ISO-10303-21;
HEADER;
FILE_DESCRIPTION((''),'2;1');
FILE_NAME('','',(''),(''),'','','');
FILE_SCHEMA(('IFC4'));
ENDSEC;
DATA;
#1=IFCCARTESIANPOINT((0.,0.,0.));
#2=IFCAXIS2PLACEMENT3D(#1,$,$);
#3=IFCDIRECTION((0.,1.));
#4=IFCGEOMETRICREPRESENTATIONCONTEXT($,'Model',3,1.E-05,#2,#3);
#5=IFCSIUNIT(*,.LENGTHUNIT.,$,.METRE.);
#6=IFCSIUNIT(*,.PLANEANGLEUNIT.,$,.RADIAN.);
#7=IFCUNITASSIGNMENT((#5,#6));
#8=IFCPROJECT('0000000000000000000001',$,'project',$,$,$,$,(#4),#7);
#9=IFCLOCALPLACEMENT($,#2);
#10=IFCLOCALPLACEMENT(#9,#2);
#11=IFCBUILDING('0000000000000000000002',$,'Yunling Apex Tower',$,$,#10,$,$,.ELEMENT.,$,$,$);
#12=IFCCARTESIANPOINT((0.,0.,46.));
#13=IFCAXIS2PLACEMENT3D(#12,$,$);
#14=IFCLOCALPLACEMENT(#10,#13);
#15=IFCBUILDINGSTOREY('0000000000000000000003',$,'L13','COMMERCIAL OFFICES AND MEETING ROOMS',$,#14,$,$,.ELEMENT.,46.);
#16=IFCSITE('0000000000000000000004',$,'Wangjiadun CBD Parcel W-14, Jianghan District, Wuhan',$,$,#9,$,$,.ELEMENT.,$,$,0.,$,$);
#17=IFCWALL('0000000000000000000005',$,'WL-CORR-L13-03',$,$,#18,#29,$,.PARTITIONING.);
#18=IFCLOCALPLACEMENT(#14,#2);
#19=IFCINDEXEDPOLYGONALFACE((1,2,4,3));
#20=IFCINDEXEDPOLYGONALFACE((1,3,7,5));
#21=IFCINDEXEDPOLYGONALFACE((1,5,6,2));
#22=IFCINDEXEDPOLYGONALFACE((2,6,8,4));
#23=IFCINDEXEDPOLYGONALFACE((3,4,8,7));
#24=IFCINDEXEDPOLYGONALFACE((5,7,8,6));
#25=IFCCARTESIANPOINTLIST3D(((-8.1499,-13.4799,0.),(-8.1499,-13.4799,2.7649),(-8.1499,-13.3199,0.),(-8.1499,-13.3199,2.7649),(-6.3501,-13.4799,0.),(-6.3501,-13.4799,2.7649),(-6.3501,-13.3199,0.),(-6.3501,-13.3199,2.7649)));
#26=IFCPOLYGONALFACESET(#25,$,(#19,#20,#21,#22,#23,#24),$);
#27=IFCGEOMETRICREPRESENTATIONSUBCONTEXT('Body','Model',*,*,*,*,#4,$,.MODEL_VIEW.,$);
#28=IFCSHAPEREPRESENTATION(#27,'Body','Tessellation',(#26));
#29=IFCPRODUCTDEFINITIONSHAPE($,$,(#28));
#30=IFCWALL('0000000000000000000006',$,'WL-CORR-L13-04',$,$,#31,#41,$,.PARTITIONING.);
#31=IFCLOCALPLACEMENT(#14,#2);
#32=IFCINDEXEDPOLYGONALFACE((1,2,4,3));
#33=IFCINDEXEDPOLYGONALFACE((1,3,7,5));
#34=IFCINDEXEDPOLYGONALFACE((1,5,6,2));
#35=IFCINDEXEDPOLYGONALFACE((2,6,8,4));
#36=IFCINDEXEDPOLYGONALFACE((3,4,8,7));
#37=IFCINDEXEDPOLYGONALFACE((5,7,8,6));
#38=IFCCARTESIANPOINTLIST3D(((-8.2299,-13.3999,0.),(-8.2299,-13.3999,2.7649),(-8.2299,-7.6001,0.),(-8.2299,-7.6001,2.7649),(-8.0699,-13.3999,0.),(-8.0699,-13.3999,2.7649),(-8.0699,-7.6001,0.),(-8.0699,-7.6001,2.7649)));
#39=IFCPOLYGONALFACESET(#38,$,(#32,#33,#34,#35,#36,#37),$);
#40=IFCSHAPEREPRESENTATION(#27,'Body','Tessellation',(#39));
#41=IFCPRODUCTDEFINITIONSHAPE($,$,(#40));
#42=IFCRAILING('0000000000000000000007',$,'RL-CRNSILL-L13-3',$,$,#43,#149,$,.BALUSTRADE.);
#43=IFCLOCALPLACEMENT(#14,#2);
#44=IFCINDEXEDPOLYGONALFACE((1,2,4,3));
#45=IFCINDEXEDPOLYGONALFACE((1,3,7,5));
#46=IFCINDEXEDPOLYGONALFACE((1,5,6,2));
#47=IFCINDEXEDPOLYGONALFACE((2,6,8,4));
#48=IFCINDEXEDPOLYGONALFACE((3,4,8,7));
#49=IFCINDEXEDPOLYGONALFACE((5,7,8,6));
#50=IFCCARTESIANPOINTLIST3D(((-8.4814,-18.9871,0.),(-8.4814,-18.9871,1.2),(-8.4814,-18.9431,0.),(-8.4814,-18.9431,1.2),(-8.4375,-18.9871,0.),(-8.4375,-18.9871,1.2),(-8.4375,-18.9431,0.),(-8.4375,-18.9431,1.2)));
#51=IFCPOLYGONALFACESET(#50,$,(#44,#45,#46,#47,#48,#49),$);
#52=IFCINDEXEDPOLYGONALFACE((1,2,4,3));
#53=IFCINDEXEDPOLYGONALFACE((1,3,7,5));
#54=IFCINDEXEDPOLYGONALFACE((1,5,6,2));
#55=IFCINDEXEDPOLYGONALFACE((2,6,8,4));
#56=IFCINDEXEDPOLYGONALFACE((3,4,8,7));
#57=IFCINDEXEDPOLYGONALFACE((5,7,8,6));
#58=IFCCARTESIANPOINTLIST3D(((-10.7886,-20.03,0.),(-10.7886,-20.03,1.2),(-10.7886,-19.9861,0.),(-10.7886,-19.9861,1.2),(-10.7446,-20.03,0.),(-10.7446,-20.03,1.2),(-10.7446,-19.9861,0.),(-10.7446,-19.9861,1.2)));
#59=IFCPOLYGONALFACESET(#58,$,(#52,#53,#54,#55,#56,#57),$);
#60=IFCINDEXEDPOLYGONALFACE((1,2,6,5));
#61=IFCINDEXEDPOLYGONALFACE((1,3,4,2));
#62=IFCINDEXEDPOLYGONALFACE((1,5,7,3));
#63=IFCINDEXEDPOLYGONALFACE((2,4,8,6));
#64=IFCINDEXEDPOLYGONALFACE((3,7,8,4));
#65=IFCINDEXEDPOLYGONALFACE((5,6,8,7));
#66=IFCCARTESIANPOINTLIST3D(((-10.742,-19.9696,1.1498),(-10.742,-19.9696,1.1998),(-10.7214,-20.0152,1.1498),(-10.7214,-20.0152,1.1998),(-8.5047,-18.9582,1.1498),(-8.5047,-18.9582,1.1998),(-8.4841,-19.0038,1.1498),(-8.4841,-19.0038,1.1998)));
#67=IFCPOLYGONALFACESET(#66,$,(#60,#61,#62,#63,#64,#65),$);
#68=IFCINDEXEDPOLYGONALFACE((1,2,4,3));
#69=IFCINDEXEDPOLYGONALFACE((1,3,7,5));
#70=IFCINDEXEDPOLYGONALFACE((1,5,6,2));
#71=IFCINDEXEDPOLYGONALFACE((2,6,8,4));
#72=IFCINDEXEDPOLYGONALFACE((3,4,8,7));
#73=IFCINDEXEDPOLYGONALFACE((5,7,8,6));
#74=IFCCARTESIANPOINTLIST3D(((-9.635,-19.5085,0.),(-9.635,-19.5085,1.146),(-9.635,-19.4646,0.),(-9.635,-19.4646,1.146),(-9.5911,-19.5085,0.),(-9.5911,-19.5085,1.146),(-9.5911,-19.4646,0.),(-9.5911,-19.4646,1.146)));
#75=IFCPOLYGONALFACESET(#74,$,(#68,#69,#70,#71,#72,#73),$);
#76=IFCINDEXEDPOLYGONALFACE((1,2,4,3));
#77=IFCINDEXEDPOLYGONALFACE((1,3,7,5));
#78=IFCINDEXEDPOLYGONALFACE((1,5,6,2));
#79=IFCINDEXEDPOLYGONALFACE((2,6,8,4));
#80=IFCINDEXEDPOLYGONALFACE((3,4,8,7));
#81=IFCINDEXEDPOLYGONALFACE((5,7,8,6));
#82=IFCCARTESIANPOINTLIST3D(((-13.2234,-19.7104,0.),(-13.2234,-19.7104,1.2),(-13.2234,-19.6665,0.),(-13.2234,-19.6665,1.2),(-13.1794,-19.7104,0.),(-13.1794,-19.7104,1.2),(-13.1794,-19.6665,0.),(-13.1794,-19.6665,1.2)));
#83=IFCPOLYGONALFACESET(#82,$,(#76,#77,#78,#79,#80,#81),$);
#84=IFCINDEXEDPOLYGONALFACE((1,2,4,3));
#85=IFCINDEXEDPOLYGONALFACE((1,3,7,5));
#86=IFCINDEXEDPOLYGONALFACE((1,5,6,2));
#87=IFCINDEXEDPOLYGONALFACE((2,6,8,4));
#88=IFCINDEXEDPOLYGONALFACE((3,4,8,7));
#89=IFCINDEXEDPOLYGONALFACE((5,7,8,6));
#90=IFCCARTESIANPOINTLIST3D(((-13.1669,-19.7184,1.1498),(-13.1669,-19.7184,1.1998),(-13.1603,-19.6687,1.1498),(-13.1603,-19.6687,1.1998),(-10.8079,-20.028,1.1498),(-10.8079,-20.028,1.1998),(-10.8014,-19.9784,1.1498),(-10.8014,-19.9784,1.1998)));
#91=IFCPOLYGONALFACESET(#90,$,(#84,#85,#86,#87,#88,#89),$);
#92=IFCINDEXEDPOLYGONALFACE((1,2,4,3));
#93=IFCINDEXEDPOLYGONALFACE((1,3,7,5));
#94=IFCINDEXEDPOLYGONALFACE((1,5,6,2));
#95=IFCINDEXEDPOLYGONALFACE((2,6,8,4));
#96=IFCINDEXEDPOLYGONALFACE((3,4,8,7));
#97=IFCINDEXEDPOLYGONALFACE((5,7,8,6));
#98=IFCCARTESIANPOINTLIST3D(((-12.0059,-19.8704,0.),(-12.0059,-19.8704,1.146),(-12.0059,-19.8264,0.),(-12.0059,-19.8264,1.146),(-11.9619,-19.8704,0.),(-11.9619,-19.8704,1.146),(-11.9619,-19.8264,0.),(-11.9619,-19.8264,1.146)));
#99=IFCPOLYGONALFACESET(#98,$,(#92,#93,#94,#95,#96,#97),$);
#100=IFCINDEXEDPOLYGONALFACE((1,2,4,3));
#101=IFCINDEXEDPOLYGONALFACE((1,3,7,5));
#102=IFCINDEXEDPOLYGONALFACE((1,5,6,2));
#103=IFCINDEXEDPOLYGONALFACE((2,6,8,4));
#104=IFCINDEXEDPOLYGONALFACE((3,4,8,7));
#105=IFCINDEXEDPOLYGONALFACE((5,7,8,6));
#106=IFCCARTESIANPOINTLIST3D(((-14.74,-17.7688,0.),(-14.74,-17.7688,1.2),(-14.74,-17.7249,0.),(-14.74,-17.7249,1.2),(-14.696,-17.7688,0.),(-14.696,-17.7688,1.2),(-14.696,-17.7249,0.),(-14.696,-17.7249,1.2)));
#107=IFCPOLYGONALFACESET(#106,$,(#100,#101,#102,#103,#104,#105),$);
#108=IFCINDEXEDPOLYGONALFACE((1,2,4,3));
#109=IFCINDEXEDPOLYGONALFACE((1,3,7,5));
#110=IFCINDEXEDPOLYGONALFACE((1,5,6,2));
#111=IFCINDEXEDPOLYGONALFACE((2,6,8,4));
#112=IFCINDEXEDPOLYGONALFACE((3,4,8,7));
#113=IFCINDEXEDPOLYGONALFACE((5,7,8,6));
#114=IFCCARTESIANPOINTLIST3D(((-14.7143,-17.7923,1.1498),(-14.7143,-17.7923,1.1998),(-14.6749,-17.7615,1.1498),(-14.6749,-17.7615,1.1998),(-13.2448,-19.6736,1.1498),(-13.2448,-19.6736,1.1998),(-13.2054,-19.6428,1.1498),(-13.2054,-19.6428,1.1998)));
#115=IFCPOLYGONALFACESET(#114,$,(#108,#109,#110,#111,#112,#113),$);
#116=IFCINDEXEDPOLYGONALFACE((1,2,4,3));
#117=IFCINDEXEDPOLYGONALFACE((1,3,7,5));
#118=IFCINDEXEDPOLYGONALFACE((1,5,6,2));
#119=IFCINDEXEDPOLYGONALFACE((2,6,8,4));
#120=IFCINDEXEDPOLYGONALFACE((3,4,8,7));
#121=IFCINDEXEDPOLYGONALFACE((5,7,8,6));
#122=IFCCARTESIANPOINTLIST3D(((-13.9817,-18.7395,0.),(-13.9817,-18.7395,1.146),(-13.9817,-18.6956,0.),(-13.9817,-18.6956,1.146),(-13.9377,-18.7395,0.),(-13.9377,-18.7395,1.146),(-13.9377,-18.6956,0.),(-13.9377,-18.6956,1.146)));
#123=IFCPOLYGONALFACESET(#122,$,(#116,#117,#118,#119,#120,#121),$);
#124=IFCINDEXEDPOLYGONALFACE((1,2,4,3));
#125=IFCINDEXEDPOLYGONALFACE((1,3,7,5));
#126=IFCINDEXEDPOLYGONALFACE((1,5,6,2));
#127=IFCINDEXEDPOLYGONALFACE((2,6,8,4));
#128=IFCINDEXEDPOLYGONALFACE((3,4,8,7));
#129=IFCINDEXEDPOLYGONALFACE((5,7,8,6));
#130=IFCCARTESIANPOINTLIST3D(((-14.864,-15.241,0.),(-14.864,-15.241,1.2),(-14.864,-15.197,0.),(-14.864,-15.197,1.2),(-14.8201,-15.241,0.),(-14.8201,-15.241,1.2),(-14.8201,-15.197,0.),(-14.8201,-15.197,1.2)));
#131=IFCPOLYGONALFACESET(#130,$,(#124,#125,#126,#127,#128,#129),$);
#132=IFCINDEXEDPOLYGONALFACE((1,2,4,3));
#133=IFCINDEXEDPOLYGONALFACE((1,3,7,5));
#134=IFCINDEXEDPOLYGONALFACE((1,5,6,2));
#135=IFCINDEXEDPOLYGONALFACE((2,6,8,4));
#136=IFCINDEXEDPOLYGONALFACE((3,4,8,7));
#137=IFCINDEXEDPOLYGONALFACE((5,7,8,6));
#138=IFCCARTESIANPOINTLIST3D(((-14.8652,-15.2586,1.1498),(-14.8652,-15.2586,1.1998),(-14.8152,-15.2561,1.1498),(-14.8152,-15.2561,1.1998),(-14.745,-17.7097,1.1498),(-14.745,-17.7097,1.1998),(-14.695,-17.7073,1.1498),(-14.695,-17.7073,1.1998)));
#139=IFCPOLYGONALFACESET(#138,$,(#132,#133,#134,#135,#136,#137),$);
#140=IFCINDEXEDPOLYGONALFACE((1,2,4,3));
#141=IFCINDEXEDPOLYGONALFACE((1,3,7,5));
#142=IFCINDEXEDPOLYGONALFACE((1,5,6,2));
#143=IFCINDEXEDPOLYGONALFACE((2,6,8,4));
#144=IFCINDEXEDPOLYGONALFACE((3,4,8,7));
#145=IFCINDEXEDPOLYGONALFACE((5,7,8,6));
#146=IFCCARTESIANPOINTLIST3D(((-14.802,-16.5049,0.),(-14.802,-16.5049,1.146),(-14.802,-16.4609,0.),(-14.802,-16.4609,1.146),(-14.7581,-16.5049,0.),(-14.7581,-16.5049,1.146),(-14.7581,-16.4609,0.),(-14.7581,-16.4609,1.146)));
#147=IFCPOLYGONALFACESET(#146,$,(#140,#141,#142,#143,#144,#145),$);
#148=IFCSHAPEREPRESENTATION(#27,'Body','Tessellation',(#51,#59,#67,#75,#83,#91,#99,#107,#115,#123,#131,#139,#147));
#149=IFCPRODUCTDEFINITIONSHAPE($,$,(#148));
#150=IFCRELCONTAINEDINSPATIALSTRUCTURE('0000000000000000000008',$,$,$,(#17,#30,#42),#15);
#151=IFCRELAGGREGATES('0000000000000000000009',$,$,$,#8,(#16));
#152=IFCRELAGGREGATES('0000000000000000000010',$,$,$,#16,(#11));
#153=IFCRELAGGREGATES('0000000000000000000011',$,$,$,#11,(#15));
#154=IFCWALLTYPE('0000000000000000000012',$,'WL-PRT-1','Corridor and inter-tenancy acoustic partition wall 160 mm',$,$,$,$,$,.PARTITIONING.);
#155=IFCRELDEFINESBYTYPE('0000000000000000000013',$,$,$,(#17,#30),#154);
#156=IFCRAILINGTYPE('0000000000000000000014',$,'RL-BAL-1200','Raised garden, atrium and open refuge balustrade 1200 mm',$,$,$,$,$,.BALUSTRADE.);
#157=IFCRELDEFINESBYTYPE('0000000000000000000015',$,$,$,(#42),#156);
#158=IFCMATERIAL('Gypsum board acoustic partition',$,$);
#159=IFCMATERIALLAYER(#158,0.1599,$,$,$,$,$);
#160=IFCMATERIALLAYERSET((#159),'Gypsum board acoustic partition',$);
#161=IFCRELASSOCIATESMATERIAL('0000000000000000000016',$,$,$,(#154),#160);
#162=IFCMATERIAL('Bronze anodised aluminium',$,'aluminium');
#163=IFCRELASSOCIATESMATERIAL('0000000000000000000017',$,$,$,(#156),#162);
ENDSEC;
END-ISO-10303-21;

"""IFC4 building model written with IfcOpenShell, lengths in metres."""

from ifc_helpers import new_model, si_unit, direction, frame, frame_2d, origin, origin_2d, place, context, subcontext, project, spatial, rectangle, extrude, material, layer, layer_set, type_object, element, save


model = new_model("IFC4")

# Units and contexts
model_context = context("Model", 3, precision=1e-05, world=origin(), true_north=direction((0.0, 1.0)))
body_context = subcontext(model_context, "Body", "Model", "MODEL_VIEW")
ifc_project = project(units=[si_unit("LENGTHUNIT", "METRE"), si_unit("PLANEANGLEUNIT", "RADIAN")], contexts=[model_context])

# Site, building, storey
site_placement = place(None, origin())
site = spatial("IfcSite", under=ifc_project, at=site_placement, Name="Wangjiadun CBD Parcel W-14, Jianghan District, Wuhan", CompositionType="ELEMENT", RefElevation=0.0)
building_placement = place(site_placement, origin())
building = spatial("IfcBuilding", under=site, at=building_placement, Name="Yunling Apex Tower", CompositionType="ELEMENT")
storey_placement = place(building_placement, frame((0.0, 0.0, 46.0)))
storey = spatial("IfcBuildingStorey", under=building, at=storey_placement, Name="L13", Description="COMMERCIAL OFFICES AND MEETING ROOMS", CompositionType="ELEMENT", Elevation=46.0)

# Shared definitions
ifc_material_1 = material(Name="Bronze anodised aluminium", Category="aluminium")

# Walls
ifc_material_2 = material(Name="Gypsum board acoustic partition")
ifc_layer_1 = layer(ifc_material_2, 0.1599)
ifc_layer_set_1 = layer_set([ifc_layer_1], Name="Gypsum board acoustic partition")
wall_type = type_object("IfcWallType", Name="WL-PRT-1", Description="Corridor and inter-tenancy acoustic partition wall 160 mm", PredefinedType="PARTITIONING", material=ifc_layer_set_1)
wall_1_placement = place(storey_placement, frame((-6.3501, -13.3999, 0.0), z_axis=(0.0, 0.0, 1.0), x_axis=(-1.0, 0.0, 0.0)))
element("IfcWall", 1, at=wall_1_placement, inside=storey, type_object=wall_type, Name="WL-CORR-L13-03", PredefinedType="PARTITIONING", context=body_context, shape_type="SweptSolid", body=[
    extrude(rectangle(XDim=1.7998, YDim=0.1599, at=frame_2d((0.8999, 0.0))), origin(), (0.0, 0.0, 1.0), 2.7649),
])
wall_2_placement = place(storey_placement, frame((-8.1499, -13.3999, 0.0), z_axis=(0.0, 0.0, 1.0), x_axis=(0.0, 1.0, 0.0)))
element("IfcWall", 2, at=wall_2_placement, inside=storey, type_object=wall_type, Name="WL-CORR-L13-04", PredefinedType="PARTITIONING", context=body_context, shape_type="SweptSolid", body=[
    extrude(rectangle(XDim=5.7998, YDim=0.1599, at=frame_2d((2.8999, 0.0))), origin(), (0.0, 0.0, 1.0), 2.7649),
])

# Railing
railing_type = type_object("IfcRailingType", Name="RL-BAL-1200", Description="Raised garden, atrium and open refuge balustrade 1200 mm", PredefinedType="BALUSTRADE", material=ifc_material_1)
railing_placement = place(storey_placement, frame((-8.4595, -18.9651, 0.0)))
element("IfcRailing", 3, at=railing_placement, inside=storey, type_object=railing_type, Name="RL-CRNSILL-L13-3", PredefinedType="BALUSTRADE", context=body_context, shape_type="SweptSolid", body=[
    extrude(rectangle(XDim=0.0439, YDim=0.0439, at=origin_2d()), origin(), (0.0, 0.0, 1.0), 1.2),
    extrude(rectangle(XDim=0.0439, YDim=0.0439, at=origin_2d()), frame((-2.3071, -1.043, 0.0)), (0.0, 0.0, 1.0), 1.2),
    extrude(rectangle(XDim=0.05, YDim=0.05, at=origin_2d()), frame((-0.0349, -0.0159, 1.1748), z_axis=(-0.911217, -0.411928, 0.0), x_axis=(0.411928, -0.911217, 0.0)), (0.0, 0.0, 1.0), 2.4553),
    extrude(rectangle(XDim=0.0439, YDim=0.0439, at=origin_2d()), frame((-1.1536, -0.5215, 0.0)), (0.0, 0.0, 1.0), 1.146),
    extrude(rectangle(XDim=0.0439, YDim=0.0439, at=origin_2d()), frame((-4.7419, -0.7234, 0.0)), (0.0, 0.0, 1.0), 1.2),
    extrude(rectangle(XDim=0.05, YDim=0.05, at=origin_2d()), frame((-2.3452, -1.0381, 1.1748), z_axis=(-0.991496, 0.130138, 0.0), x_axis=(-0.130138, -0.991496, 0.0)), (0.0, 0.0, 1.0), 2.3792),
    extrude(rectangle(XDim=0.0439, YDim=0.0439, at=origin_2d()), frame((-3.5244, -0.8833, 0.0)), (0.0, 0.0, 1.0), 1.146),
    extrude(rectangle(XDim=0.0439, YDim=0.0439, at=origin_2d()), frame((-6.2585, 1.2183, 0.0)), (0.0, 0.0, 1.0), 1.2),
    extrude(rectangle(XDim=0.05, YDim=0.05, at=origin_2d()), frame((-4.7656, -0.6931, 1.1748), z_axis=(-0.615565, 0.788086, 0.0), x_axis=(-0.788086, -0.615565, 0.0)), (0.0, 0.0, 1.0), 2.3872),
    extrude(rectangle(XDim=0.0439, YDim=0.0439, at=origin_2d()), frame((-5.5002, 0.2476, 0.0)), (0.0, 0.0, 1.0), 1.146),
    extrude(rectangle(XDim=0.0439, YDim=0.0439, at=origin_2d()), frame((-6.3826, 3.7461, 0.0)), (0.0, 0.0, 1.0), 1.2),
    extrude(rectangle(XDim=0.05, YDim=0.05, at=origin_2d()), frame((-6.2605, 1.2566, 1.1748), z_axis=(-0.049004, 0.998799, 0.0), x_axis=(-0.998799, -0.049004, 0.0)), (0.0, 0.0, 1.0), 2.4541),
    extrude(rectangle(XDim=0.0439, YDim=0.0439, at=origin_2d()), frame((-6.3206, 2.4822, 0.0)), (0.0, 0.0, 1.0), 1.146),
])

save(model, "model.ifc")
